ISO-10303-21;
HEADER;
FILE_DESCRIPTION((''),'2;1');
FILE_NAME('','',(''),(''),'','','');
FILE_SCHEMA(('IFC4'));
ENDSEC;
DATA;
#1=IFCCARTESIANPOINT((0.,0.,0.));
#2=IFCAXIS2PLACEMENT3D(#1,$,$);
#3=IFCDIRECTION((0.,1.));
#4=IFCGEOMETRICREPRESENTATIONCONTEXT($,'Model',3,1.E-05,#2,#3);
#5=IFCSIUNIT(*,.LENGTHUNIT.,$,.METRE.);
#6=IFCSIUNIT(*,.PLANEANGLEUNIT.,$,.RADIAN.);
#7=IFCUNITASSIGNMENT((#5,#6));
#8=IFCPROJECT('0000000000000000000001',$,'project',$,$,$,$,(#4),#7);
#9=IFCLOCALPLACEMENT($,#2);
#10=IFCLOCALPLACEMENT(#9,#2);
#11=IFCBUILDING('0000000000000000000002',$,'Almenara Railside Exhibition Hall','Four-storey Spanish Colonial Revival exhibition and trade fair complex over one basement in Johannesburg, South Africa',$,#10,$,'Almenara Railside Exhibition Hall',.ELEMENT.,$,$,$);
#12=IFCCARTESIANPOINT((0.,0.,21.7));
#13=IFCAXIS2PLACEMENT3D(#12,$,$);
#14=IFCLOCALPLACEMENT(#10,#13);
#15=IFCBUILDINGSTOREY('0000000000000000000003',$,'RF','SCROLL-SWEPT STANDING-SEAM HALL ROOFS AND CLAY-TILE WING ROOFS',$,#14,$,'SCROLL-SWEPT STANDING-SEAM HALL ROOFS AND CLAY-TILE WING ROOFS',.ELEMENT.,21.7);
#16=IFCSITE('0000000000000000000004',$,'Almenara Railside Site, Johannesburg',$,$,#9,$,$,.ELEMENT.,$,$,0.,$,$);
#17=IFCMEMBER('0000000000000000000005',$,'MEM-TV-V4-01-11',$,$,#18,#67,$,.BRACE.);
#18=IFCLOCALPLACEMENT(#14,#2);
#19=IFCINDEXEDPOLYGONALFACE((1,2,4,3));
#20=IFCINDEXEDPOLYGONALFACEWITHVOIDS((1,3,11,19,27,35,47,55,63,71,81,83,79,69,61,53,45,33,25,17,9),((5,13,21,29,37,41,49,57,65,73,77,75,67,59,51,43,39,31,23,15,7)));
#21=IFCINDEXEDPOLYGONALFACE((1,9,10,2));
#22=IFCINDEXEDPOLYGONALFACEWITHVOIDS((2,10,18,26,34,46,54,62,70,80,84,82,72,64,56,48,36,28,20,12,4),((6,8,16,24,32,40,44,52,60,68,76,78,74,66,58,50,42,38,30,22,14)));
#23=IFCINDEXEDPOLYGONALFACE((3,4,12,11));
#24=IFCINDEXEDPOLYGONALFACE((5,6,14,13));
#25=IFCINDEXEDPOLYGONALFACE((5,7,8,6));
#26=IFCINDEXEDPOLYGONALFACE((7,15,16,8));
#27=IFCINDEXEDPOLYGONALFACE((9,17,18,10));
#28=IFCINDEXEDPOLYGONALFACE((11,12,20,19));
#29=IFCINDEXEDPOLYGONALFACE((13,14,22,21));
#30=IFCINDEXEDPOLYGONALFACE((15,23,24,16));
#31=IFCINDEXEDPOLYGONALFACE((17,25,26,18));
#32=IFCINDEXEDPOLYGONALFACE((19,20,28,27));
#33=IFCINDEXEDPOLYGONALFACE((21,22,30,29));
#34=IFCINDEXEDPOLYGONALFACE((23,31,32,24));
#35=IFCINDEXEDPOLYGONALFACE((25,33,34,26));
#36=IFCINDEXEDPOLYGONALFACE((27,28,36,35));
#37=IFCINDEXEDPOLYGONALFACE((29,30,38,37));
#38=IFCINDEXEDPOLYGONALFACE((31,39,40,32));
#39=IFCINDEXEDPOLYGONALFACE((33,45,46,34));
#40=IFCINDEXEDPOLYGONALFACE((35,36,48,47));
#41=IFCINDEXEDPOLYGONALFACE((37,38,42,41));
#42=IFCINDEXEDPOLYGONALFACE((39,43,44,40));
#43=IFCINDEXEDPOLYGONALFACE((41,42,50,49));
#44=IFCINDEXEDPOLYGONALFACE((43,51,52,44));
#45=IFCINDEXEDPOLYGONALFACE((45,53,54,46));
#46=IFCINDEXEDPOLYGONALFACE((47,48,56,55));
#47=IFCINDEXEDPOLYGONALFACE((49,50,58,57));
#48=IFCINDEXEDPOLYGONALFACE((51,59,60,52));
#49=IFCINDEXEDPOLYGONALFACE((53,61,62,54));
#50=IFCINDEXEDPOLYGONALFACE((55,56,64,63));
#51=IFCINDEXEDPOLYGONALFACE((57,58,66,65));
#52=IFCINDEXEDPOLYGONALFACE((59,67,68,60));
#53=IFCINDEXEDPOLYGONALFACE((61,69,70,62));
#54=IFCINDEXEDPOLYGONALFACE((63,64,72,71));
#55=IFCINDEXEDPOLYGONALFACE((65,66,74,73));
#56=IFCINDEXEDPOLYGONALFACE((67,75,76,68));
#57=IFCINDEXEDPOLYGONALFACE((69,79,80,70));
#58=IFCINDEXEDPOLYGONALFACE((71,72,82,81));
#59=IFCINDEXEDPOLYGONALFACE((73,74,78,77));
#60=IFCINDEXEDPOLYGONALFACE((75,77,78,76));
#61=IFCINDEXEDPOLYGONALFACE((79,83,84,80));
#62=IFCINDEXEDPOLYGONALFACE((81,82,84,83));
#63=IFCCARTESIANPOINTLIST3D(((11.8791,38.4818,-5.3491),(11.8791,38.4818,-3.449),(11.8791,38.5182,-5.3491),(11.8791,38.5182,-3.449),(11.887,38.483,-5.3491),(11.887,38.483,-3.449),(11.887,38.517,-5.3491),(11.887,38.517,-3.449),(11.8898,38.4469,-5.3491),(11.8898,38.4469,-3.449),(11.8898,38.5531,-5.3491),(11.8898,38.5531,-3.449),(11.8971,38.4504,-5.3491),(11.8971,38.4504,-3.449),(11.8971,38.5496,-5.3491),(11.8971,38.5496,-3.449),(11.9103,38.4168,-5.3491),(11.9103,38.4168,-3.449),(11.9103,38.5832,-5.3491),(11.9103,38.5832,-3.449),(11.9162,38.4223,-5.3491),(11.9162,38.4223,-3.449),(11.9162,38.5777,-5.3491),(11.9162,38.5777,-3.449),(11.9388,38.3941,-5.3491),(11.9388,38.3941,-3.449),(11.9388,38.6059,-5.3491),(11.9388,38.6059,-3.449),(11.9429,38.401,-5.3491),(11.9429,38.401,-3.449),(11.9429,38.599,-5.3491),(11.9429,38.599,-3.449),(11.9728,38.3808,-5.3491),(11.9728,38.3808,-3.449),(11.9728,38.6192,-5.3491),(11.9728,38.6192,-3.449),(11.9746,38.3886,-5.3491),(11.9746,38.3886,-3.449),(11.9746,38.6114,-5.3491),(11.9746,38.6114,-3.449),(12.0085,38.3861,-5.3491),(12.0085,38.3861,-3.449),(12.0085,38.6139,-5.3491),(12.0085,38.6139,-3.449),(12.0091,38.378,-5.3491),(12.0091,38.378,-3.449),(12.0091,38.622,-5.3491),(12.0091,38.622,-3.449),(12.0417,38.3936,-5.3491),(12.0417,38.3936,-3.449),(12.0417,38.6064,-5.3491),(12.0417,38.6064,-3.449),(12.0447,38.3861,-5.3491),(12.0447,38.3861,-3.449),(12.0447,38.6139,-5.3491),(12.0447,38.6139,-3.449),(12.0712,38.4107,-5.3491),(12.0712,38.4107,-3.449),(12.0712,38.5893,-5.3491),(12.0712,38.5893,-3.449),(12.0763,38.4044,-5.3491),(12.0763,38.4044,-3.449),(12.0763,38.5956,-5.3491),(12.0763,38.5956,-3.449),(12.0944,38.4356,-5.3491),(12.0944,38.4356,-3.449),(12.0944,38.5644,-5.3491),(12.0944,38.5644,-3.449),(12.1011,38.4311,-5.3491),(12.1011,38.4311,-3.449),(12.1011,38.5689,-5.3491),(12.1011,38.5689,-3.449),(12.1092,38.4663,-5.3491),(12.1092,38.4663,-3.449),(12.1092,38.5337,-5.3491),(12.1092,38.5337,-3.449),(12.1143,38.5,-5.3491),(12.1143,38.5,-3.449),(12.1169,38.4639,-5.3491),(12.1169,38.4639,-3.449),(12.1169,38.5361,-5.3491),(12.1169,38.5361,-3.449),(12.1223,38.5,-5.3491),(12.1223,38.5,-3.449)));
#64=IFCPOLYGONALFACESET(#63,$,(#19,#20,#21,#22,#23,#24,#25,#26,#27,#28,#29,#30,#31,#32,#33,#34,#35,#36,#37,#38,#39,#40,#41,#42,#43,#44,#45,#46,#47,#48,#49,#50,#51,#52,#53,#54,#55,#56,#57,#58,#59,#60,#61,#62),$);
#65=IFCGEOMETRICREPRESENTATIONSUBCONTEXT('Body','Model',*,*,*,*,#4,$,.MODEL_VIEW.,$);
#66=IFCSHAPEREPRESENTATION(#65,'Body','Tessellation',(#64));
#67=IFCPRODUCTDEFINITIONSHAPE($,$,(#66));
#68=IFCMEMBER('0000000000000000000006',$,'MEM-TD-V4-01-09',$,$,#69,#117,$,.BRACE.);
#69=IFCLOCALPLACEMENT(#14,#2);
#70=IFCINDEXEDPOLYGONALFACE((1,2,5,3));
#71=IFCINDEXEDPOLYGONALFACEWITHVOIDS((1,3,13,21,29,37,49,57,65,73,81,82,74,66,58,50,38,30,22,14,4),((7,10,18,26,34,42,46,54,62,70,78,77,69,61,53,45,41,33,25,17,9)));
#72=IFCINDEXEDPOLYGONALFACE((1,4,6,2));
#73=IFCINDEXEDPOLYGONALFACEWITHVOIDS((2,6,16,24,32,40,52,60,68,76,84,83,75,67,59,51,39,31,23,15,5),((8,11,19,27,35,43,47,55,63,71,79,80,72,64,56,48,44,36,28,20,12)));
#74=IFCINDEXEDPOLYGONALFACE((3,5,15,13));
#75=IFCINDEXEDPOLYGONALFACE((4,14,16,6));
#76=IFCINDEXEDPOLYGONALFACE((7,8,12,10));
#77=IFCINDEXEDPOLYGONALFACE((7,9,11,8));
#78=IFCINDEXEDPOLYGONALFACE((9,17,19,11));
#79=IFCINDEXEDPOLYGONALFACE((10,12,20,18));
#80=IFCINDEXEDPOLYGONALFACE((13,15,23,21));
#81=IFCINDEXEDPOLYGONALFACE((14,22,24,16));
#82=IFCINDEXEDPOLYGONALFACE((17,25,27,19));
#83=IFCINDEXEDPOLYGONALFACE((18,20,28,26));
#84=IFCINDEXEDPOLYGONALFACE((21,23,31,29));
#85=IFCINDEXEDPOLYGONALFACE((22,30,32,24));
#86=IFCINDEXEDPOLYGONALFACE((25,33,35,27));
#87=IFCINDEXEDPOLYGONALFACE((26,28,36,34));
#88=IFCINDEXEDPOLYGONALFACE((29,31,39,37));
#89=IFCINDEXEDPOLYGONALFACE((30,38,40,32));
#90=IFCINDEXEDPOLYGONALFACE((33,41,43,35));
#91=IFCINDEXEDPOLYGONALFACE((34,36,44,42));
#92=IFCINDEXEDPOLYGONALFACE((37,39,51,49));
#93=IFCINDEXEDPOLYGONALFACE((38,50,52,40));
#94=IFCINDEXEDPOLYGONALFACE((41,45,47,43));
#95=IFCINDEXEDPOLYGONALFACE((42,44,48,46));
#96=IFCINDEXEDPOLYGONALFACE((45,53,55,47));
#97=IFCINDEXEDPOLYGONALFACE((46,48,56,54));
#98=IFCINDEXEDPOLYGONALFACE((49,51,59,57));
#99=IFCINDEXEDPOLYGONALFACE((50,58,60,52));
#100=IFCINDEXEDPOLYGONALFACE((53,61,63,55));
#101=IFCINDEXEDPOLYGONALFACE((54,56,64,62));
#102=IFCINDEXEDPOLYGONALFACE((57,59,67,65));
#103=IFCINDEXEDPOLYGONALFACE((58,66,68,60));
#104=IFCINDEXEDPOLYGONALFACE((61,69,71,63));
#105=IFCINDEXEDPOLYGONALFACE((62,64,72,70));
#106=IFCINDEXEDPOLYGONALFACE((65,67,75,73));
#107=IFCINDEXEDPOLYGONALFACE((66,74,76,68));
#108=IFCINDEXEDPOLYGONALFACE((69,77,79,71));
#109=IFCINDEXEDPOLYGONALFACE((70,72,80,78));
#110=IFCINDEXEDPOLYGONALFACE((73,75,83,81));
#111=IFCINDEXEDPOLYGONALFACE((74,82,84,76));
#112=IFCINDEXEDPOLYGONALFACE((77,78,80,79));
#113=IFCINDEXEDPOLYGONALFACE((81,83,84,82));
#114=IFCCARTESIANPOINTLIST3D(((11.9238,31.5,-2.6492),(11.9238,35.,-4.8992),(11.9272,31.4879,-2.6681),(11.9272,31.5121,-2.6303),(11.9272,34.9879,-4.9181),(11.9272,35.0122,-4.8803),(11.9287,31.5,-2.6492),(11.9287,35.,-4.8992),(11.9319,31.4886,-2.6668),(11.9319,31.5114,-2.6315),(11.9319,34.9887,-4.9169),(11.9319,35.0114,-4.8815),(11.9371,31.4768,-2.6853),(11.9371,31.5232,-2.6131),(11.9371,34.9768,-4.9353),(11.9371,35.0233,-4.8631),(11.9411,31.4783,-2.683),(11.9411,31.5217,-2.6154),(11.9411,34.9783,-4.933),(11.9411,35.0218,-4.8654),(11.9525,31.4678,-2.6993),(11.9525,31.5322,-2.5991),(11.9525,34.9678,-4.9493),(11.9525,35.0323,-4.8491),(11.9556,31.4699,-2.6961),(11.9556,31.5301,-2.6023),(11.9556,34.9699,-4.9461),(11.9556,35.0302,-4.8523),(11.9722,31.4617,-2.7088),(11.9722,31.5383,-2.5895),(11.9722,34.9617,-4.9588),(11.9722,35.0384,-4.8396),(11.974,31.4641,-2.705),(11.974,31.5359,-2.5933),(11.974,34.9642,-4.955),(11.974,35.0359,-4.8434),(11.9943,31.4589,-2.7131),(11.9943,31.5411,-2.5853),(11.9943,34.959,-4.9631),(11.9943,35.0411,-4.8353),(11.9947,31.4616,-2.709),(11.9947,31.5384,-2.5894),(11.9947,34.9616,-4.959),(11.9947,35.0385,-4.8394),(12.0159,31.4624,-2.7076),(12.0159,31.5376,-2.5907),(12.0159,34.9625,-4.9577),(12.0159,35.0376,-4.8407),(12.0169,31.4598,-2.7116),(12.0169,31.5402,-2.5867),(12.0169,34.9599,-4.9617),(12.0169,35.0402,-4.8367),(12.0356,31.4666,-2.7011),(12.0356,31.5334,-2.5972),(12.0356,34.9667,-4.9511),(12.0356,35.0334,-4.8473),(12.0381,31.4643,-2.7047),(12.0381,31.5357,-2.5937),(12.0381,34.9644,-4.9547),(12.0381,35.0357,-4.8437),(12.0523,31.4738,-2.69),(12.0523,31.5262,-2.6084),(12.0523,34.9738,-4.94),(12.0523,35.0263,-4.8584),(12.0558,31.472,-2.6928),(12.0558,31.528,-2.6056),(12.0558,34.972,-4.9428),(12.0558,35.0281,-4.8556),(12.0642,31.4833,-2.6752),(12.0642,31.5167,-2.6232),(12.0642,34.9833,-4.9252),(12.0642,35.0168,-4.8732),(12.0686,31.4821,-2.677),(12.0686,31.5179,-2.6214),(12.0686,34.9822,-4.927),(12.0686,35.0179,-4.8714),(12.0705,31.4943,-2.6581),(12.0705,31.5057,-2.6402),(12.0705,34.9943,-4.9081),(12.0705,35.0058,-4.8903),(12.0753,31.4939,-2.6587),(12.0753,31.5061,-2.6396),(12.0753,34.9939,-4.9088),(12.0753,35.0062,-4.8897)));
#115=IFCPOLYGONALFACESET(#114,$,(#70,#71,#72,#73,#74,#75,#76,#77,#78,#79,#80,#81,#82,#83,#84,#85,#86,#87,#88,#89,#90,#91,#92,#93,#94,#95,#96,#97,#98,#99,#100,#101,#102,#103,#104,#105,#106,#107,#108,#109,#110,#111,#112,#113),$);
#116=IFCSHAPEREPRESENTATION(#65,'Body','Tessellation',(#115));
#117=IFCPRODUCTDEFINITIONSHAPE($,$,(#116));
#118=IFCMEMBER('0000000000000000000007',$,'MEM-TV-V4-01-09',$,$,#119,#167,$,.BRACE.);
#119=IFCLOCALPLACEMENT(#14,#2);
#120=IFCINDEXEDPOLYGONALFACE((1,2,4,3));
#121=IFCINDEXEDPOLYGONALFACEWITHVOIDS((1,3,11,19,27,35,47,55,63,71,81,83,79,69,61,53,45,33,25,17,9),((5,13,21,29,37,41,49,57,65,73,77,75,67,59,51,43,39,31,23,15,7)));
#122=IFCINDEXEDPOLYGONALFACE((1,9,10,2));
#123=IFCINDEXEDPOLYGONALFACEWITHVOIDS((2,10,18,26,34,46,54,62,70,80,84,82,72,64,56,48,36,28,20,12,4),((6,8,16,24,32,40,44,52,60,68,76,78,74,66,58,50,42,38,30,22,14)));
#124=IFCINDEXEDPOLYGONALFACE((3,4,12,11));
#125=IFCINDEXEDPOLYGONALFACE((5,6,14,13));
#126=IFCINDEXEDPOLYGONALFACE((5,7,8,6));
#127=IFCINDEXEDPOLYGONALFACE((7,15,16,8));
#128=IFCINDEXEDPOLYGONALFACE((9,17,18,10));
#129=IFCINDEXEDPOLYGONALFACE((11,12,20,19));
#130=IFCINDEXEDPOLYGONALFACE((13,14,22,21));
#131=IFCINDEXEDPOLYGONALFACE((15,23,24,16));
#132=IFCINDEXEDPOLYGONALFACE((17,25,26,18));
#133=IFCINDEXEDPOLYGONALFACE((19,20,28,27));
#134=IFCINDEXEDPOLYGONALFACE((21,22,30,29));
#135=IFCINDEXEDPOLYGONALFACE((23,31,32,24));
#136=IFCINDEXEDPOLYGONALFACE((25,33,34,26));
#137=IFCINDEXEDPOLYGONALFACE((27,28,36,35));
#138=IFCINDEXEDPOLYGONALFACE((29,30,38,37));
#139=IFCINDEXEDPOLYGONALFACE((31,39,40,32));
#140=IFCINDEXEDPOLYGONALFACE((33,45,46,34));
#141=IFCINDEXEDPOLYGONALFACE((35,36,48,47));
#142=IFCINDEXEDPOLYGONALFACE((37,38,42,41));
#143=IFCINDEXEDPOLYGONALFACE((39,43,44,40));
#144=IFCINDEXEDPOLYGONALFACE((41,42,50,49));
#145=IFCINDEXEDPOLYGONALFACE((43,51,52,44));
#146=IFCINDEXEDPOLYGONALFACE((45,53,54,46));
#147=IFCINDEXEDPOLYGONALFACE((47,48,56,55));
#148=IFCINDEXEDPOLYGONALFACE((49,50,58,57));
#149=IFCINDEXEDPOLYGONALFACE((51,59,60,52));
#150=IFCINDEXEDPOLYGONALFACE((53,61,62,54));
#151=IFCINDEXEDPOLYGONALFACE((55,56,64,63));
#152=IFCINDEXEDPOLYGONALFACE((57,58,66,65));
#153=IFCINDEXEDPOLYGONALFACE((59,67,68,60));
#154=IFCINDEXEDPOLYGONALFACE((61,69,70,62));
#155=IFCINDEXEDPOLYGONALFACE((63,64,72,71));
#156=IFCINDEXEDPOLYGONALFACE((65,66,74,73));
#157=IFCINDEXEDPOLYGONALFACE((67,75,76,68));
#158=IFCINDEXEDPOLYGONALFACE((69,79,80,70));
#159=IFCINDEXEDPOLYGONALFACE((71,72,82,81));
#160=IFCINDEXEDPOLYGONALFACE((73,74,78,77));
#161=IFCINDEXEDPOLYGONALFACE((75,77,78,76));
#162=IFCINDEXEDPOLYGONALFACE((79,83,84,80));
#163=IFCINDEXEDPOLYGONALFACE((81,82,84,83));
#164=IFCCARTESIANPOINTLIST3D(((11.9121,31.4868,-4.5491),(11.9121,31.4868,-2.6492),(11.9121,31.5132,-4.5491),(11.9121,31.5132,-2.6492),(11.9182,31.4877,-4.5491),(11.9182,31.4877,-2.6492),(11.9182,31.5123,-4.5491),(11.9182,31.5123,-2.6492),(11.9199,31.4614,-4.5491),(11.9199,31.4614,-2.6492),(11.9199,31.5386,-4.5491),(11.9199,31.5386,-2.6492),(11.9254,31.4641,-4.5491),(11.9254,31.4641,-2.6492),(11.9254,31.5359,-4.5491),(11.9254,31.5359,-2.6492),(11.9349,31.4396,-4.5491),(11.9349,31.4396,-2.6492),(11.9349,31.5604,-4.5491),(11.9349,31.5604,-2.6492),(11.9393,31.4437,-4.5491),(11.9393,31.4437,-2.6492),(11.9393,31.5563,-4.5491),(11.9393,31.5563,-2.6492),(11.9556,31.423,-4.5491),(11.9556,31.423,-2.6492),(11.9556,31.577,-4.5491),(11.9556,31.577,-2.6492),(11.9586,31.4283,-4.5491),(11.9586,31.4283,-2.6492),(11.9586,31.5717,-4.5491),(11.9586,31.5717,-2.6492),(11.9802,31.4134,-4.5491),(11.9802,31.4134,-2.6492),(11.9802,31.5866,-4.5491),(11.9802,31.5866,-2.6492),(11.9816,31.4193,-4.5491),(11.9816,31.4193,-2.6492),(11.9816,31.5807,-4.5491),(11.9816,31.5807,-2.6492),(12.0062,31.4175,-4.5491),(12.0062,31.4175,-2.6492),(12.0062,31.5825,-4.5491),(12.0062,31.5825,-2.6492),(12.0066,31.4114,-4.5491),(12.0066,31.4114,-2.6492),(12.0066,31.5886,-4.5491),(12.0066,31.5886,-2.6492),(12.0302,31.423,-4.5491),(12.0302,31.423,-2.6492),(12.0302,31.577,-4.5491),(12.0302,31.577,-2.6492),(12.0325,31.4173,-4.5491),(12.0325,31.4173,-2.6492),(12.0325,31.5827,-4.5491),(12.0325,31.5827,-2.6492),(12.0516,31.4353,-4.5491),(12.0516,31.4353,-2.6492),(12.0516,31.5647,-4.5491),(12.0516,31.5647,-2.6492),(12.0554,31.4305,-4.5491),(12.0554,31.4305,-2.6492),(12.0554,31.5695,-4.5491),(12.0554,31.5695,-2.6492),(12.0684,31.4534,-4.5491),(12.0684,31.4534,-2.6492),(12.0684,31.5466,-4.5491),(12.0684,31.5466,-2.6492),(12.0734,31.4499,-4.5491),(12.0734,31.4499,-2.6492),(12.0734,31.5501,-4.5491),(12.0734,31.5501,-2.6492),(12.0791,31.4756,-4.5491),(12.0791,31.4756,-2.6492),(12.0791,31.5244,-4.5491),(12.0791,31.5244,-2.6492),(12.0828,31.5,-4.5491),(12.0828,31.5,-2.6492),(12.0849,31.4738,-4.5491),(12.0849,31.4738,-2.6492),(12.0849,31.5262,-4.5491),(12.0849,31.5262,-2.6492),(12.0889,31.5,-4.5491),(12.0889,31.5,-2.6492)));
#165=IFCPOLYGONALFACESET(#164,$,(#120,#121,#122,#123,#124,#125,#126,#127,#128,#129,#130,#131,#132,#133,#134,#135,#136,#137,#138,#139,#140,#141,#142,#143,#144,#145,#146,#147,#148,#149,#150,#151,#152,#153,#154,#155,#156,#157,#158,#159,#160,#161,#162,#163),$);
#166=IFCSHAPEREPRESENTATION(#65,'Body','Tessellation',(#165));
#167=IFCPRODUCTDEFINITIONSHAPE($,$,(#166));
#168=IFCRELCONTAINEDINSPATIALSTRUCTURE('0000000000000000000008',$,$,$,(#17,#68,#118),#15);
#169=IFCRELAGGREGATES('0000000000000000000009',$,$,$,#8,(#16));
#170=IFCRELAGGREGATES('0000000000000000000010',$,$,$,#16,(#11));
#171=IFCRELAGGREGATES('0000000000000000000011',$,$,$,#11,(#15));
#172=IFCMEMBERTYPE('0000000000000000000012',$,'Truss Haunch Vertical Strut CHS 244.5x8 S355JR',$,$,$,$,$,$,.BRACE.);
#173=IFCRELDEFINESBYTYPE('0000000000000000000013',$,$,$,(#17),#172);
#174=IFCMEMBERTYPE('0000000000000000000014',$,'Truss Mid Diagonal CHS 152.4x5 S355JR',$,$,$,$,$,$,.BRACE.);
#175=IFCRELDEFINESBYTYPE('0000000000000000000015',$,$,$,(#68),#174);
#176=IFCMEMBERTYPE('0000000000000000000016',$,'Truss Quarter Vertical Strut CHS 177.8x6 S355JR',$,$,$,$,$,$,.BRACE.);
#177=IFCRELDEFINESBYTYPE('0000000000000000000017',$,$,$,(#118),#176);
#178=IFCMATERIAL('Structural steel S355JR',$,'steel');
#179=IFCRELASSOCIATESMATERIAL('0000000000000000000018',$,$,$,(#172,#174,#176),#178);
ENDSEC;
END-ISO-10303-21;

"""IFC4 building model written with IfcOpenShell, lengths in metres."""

from ifc_helpers import new_model, si_unit, direction, frame, origin, origin_2d, place, context, subcontext, project, spatial, hollow_circle, extrude, material, material_profile, profile_set, type_object, element, save


model = new_model("IFC4")

# Units and contexts
model_context = context("Model", 3, precision=1e-05, world=origin(), true_north=direction((0.0, 1.0)))
body_context = subcontext(model_context, "Body", "Model", "MODEL_VIEW")
ifc_project = project(units=[si_unit("LENGTHUNIT", "METRE"), si_unit("PLANEANGLEUNIT", "RADIAN")], contexts=[model_context])

# Site, building, storey
site_placement = place(None, origin())
site = spatial("IfcSite", under=ifc_project, at=site_placement, Name="Almenara Railside Site, Johannesburg", CompositionType="ELEMENT", RefElevation=0.0)
building_placement = place(site_placement, origin())
building = spatial("IfcBuilding", under=site, at=building_placement, Name="Almenara Railside Exhibition Hall", Description="Four-storey Spanish Colonial Revival exhibition and trade fair complex over one basement in Johannesburg, South Africa", LongName="Almenara Railside Exhibition Hall", CompositionType="ELEMENT")
storey_placement = place(building_placement, frame((0.0, 0.0, 21.7)))
storey = spatial("IfcBuildingStorey", under=building, at=storey_placement, Name="RF", Description="SCROLL-SWEPT STANDING-SEAM HALL ROOFS AND CLAY-TILE WING ROOFS", LongName="SCROLL-SWEPT STANDING-SEAM HALL ROOFS AND CLAY-TILE WING ROOFS", CompositionType="ELEMENT", Elevation=21.7)

# Shared definitions
ifc_material_1 = material(Name="Structural steel S355JR", Category="steel")

# Members
ifc_material_profile_1 = material_profile(ifc_material_1, hollow_circle(Radius=0.1223, WallThickness=0.0081, at=origin_2d()), Name="CHS 244.5x8")
ifc_profile_set_1 = profile_set([ifc_material_profile_1], Name="Structural steel S355JR")
member_type_1 = type_object("IfcMemberType", Name="Truss Haunch Vertical Strut CHS 244.5x8 S355JR", PredefinedType="BRACE", material=ifc_profile_set_1)
member_1_placement = place(storey_placement, frame((12.0, 38.5, -5.3491), z_axis=(0.0, 0.0, 1.0), x_axis=(1.0, 0.0, 0.0)))
element("IfcMember", 1, at=member_1_placement, inside=storey, type_object=member_type_1, Name="MEM-TV-V4-01-11", PredefinedType="BRACE", context=body_context, shape_type="SweptSolid", body=[
    extrude(hollow_circle(Radius=0.1223, WallThickness=0.0081, at=origin_2d()), origin(), (0.0, 0.0, 1.0), 1.9001),
])
ifc_material_profile_2 = material_profile(ifc_material_1, hollow_circle(Radius=0.0762, WallThickness=0.0049, at=origin_2d()), Name="CHS 152.4x5")
ifc_profile_set_2 = profile_set([ifc_material_profile_2], Name="Structural steel S355JR")
member_type_2 = type_object("IfcMemberType", Name="Truss Mid Diagonal CHS 152.4x5 S355JR", PredefinedType="BRACE", material=ifc_profile_set_2)
member_2_placement = place(storey_placement, frame((12.0, 31.5, -2.6492), z_axis=(0.0, 0.841178, -0.540758), x_axis=(-1.0, 0.0, 0.0)))
element("IfcMember", 2, at=member_2_placement, inside=storey, type_object=member_type_2, Name="MEM-TD-V4-01-09", PredefinedType="BRACE", context=body_context, shape_type="SweptSolid", body=[
    extrude(hollow_circle(Radius=0.0762, WallThickness=0.0049, at=origin_2d()), origin(), (0.0, 0.0, 1.0), 4.1609),
])
ifc_material_profile_3 = material_profile(ifc_material_1, hollow_circle(Radius=0.0889, WallThickness=0.0061, at=origin_2d()), Name="CHS 177.8x6")
ifc_profile_set_3 = profile_set([ifc_material_profile_3], Name="Structural steel S355JR")
member_type_3 = type_object("IfcMemberType", Name="Truss Quarter Vertical Strut CHS 177.8x6 S355JR", PredefinedType="BRACE", material=ifc_profile_set_3)
member_3_placement = place(storey_placement, frame((12.0, 31.5, -4.5491), z_axis=(0.0, 0.0, 1.0), x_axis=(1.0, 0.0, 0.0)))
element("IfcMember", 3, at=member_3_placement, inside=storey, type_object=member_type_3, Name="MEM-TV-V4-01-09", PredefinedType="BRACE", context=body_context, shape_type="SweptSolid", body=[
    extrude(hollow_circle(Radius=0.0889, WallThickness=0.0061, at=origin_2d()), origin(), (0.0, 0.0, 1.0), 1.8999),
])

save(model, "model.ifc")
